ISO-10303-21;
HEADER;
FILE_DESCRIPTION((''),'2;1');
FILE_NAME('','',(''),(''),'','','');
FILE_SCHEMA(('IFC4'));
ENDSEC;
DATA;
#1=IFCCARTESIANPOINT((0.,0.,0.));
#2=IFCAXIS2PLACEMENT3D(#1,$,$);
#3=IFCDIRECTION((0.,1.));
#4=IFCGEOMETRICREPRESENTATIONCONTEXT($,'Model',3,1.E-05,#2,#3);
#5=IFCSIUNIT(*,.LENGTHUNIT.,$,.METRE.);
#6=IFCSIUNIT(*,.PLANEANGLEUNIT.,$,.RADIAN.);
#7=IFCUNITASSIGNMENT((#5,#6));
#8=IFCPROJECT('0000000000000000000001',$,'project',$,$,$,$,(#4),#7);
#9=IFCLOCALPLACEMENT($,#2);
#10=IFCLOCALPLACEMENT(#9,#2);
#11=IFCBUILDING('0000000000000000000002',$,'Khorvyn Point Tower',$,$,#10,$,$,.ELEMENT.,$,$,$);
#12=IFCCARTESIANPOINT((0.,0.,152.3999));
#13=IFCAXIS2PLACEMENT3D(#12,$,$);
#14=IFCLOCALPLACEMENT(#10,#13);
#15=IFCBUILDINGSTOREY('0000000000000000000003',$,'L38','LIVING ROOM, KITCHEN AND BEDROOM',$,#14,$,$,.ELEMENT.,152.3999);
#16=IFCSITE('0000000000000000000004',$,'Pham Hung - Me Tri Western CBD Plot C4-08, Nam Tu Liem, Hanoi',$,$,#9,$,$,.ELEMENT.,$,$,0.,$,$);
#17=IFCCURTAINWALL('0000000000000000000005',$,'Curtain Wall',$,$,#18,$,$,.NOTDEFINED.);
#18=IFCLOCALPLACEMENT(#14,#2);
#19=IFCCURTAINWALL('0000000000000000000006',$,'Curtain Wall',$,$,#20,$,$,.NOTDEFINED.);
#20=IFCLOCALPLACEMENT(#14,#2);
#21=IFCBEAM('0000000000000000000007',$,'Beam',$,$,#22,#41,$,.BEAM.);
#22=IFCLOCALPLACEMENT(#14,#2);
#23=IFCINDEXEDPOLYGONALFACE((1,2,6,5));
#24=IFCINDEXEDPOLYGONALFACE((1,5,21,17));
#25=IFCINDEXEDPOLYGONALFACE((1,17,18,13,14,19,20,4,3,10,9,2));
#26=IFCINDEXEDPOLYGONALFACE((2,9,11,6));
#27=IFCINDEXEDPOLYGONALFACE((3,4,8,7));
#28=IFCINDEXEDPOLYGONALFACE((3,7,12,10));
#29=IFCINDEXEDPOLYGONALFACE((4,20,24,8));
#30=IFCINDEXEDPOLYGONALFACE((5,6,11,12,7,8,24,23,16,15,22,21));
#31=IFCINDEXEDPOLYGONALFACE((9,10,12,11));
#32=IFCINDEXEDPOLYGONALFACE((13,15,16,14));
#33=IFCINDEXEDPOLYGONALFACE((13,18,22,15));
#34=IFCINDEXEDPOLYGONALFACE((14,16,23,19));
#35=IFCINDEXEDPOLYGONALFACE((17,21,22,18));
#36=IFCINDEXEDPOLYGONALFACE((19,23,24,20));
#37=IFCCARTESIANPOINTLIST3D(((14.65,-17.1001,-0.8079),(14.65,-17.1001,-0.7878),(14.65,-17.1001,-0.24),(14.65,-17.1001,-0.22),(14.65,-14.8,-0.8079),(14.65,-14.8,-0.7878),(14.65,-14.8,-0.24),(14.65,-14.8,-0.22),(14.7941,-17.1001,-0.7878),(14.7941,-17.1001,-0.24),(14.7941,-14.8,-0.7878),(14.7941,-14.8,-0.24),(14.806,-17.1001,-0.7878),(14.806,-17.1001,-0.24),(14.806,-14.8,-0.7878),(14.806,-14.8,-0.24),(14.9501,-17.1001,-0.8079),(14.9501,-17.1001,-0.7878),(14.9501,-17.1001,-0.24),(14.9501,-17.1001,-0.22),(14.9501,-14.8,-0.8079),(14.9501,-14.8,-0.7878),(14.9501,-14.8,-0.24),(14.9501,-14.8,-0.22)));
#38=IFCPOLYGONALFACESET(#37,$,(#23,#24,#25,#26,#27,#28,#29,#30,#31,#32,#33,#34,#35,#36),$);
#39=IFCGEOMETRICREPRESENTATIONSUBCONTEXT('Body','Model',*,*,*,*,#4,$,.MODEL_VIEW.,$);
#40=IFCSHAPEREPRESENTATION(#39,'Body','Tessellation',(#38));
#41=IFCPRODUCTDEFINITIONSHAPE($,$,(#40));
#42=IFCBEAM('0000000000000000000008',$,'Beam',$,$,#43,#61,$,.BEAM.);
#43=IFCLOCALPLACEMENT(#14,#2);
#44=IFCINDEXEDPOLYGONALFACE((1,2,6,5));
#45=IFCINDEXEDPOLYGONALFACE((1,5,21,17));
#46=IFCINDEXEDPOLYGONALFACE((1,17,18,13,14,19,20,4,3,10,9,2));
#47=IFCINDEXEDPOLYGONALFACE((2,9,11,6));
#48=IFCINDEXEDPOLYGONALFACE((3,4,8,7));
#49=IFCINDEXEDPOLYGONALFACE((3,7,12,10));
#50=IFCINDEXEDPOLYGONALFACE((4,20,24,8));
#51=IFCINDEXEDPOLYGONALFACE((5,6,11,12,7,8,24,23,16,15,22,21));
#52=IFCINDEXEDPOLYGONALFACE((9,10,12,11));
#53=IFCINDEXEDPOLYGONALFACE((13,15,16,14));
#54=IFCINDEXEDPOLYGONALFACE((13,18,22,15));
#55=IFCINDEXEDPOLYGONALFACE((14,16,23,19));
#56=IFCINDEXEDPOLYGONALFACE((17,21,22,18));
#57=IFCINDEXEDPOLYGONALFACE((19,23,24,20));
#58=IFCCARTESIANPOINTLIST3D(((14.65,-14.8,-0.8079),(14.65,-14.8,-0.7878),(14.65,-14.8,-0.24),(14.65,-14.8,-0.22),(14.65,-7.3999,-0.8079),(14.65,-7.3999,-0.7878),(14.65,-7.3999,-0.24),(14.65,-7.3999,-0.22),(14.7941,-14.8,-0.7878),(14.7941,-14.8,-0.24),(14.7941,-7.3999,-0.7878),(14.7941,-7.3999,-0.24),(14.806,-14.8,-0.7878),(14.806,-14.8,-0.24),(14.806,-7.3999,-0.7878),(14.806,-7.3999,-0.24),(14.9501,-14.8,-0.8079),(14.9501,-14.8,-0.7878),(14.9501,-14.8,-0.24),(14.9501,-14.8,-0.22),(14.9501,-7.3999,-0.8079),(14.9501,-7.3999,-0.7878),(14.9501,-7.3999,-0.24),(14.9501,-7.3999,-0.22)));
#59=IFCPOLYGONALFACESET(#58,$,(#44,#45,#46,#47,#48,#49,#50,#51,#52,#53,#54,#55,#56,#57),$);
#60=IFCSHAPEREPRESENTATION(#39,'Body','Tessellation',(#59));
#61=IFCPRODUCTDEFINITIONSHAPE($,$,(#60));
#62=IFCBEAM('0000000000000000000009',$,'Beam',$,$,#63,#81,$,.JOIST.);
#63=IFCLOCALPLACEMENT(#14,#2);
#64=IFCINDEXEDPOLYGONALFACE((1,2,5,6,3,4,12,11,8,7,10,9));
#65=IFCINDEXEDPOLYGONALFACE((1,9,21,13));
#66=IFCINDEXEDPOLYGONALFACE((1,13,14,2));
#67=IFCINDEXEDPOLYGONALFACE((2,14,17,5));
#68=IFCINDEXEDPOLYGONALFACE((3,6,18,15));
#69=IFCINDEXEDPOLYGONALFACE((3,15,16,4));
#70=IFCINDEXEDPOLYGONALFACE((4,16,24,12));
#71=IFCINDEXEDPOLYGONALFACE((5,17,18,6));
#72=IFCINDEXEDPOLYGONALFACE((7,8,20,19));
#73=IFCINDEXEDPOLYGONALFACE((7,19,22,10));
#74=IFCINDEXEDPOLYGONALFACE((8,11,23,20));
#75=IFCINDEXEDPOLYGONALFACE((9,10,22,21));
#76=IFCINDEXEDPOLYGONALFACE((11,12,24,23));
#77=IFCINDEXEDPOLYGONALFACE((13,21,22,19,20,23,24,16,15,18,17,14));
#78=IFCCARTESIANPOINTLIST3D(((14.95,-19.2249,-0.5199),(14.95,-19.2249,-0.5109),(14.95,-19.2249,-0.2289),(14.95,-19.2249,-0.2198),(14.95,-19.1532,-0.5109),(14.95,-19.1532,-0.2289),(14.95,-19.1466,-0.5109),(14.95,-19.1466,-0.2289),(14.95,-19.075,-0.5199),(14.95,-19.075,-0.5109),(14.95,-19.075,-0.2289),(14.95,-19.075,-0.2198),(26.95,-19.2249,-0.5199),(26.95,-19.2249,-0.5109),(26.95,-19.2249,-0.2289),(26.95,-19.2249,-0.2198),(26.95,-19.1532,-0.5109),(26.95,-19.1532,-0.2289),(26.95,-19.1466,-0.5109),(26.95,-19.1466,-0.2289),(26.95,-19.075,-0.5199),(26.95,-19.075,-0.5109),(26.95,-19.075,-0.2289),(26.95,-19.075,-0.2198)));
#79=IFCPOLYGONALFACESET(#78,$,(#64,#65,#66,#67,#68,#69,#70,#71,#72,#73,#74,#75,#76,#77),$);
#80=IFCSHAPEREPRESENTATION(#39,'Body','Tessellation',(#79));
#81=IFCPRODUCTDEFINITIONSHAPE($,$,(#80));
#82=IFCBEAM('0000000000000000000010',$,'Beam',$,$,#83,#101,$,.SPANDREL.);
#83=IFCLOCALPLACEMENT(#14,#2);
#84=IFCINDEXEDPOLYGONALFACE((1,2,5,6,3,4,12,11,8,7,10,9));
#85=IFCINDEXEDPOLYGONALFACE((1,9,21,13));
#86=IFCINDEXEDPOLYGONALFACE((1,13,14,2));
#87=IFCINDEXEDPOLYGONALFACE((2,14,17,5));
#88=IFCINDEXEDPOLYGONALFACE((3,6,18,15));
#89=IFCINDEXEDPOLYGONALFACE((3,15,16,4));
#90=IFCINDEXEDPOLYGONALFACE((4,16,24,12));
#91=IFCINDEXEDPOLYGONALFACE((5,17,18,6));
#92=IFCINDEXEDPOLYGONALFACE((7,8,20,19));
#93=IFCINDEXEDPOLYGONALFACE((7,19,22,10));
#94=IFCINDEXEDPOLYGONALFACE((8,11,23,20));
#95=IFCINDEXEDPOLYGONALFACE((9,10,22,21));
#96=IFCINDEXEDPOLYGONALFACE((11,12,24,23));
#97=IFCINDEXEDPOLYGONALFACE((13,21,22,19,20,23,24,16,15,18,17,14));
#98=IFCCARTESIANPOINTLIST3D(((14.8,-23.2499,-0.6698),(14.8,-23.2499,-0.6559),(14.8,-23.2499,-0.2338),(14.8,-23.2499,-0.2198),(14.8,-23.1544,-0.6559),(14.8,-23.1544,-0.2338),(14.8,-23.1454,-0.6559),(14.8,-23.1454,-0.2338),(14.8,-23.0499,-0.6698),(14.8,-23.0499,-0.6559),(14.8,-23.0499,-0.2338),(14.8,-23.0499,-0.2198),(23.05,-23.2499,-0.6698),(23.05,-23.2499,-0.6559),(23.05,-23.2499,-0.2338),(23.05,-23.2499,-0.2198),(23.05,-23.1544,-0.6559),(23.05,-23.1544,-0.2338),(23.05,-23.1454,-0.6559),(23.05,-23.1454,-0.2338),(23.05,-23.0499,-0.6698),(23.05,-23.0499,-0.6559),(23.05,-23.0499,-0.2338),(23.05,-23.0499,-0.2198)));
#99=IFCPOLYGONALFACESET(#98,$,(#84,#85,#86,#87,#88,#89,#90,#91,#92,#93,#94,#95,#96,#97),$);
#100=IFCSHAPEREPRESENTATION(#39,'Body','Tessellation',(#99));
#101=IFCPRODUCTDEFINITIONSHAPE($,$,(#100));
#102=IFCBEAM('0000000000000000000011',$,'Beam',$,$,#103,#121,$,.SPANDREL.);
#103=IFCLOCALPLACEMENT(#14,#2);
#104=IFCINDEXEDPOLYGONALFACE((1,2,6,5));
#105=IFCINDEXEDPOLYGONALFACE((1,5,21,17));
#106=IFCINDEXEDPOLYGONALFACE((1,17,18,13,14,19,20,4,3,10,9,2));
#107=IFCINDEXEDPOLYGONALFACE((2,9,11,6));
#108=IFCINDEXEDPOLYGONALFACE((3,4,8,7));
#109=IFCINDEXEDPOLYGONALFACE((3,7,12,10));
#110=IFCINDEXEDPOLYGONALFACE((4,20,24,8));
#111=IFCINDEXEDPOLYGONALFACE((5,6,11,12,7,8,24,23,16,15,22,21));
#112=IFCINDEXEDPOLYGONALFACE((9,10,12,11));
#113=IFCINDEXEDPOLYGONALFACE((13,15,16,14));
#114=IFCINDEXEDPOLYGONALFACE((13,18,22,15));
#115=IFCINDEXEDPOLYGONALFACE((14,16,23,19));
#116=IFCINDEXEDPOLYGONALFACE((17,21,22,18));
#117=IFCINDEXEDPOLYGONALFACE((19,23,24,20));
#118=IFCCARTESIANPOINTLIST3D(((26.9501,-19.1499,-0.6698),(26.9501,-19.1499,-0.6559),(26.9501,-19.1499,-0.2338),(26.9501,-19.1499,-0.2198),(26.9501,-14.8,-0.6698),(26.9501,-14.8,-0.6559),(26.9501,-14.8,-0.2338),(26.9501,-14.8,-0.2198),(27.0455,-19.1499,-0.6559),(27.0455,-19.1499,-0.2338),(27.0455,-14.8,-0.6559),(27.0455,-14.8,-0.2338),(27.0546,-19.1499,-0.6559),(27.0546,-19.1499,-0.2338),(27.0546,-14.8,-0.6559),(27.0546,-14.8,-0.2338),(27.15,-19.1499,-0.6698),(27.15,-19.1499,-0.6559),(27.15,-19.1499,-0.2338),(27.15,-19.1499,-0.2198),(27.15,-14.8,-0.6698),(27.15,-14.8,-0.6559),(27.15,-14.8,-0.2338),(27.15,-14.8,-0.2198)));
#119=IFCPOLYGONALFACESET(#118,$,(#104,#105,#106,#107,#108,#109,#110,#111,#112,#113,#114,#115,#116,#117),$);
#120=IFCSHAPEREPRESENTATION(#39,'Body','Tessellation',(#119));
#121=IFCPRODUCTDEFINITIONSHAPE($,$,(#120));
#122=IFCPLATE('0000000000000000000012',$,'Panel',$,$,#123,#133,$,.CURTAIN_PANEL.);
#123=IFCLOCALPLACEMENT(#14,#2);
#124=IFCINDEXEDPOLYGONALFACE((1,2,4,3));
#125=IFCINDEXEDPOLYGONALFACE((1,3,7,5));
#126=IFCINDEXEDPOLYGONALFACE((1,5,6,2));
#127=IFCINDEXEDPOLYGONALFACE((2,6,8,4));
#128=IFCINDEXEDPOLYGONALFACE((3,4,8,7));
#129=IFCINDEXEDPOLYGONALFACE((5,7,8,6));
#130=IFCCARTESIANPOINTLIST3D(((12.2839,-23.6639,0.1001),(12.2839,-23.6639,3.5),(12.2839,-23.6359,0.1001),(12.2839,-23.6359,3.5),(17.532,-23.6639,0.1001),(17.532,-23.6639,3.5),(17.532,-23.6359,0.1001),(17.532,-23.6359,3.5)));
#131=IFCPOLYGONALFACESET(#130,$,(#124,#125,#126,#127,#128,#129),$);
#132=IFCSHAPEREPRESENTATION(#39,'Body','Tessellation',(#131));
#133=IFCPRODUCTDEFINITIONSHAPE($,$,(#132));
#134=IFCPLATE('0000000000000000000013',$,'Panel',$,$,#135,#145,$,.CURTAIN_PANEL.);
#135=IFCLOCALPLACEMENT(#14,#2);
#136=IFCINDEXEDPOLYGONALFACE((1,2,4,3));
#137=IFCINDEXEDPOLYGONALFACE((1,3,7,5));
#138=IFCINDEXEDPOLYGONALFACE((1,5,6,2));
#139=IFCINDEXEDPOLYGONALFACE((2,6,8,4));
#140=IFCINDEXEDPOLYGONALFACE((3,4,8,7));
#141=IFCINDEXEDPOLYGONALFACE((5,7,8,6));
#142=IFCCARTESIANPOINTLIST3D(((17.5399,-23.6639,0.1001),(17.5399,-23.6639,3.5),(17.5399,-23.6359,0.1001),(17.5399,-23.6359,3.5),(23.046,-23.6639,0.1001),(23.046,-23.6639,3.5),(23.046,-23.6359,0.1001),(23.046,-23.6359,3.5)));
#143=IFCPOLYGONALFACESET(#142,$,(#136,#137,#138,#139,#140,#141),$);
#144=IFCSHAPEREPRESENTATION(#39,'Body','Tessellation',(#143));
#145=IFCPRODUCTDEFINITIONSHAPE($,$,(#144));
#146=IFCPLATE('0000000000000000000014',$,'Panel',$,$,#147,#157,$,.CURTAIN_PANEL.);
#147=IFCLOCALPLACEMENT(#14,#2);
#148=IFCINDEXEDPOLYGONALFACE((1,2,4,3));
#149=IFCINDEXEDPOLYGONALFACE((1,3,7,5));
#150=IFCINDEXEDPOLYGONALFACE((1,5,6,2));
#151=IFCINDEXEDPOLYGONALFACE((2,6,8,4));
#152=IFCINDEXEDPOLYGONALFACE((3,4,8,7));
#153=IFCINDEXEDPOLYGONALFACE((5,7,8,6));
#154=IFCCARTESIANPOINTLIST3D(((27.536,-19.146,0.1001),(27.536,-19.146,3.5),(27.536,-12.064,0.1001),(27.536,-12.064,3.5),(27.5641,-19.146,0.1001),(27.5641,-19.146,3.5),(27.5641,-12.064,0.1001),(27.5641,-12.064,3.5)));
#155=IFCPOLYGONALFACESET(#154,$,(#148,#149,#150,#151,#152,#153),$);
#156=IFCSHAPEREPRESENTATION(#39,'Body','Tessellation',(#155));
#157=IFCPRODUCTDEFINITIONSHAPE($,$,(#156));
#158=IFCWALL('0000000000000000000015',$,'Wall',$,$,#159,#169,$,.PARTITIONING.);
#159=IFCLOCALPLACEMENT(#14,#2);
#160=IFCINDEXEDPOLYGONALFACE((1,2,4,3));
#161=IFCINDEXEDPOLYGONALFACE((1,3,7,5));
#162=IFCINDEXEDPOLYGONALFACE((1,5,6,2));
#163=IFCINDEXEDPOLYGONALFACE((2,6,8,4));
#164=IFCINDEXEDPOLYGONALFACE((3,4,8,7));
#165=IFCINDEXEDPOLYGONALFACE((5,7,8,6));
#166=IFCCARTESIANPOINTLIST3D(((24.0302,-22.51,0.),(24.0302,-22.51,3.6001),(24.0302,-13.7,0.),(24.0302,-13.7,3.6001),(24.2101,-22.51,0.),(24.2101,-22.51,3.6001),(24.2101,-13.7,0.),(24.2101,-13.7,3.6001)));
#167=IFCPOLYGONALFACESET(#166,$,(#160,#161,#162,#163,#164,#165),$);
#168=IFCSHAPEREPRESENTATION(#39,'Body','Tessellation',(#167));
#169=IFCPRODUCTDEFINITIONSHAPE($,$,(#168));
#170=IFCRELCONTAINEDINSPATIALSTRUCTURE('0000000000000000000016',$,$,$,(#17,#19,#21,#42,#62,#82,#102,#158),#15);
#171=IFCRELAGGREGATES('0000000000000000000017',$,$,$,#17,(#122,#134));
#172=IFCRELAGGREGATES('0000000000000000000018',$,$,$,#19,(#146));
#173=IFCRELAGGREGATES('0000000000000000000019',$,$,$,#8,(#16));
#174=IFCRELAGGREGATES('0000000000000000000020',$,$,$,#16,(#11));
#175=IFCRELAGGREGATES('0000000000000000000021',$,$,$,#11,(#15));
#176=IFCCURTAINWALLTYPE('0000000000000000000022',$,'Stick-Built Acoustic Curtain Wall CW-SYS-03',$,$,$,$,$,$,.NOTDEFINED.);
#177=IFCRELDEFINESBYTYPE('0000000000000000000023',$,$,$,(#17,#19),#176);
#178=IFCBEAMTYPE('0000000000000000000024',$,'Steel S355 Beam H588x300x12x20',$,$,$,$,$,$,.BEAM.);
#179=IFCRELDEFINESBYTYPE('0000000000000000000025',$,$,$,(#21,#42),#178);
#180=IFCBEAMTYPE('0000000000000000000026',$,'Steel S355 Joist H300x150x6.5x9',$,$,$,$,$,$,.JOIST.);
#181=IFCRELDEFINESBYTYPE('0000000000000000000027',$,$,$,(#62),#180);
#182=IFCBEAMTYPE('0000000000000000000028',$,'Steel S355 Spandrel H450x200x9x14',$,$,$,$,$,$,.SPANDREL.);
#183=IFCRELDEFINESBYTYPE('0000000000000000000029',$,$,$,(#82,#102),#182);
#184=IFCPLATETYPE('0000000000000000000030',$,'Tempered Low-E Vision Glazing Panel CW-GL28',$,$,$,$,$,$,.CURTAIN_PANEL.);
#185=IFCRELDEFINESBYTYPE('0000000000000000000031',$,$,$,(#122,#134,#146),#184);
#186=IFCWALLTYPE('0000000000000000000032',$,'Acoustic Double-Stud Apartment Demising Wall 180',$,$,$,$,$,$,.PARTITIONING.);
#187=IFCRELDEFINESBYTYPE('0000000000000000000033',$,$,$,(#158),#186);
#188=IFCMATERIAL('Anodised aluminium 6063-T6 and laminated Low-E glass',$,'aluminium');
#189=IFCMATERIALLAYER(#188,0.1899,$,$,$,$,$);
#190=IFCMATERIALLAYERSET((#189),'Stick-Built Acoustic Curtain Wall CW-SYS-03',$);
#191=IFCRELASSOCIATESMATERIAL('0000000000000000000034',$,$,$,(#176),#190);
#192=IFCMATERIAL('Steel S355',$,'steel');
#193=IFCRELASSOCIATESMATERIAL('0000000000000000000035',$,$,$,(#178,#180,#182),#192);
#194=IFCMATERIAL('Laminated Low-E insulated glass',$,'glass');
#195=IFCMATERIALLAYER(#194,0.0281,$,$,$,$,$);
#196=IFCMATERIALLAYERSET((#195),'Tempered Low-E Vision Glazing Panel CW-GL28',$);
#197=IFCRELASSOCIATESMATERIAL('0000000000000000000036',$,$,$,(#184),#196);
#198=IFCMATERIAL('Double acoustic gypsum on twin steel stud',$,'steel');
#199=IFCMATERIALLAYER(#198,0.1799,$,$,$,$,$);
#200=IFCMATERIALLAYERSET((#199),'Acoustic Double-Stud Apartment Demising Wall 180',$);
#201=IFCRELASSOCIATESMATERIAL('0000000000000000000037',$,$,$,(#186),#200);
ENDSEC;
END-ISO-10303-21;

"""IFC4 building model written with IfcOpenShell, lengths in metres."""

from ifc_helpers import new_model, si_unit, direction, frame, frame_2d, origin, origin_2d, place, context, subcontext, project, spatial, rectangle, i_section, extrude, material, layer, layer_set, material_profile, profile_set, type_object, element, aggregate, save


model = new_model("IFC4")

# Units and contexts
model_context = context("Model", 3, precision=1e-05, world=origin(), true_north=direction((0.0, 1.0)))
body_context = subcontext(model_context, "Body", "Model", "MODEL_VIEW")
ifc_project = project(units=[si_unit("LENGTHUNIT", "METRE"), si_unit("PLANEANGLEUNIT", "RADIAN")], contexts=[model_context])

# Site, building, storey
site_placement = place(None, origin())
site = spatial("IfcSite", under=ifc_project, at=site_placement, Name="Pham Hung - Me Tri Western CBD Plot C4-08, Nam Tu Liem, Hanoi", CompositionType="ELEMENT", RefElevation=0.0)
building_placement = place(site_placement, origin())
building = spatial("IfcBuilding", under=site, at=building_placement, Name="Khorvyn Point Tower", CompositionType="ELEMENT")
storey_placement = place(building_placement, frame((0.0, 0.0, 152.3999)))
storey = spatial("IfcBuildingStorey", under=building, at=storey_placement, Name="L38", Description="LIVING ROOM, KITCHEN AND BEDROOM", CompositionType="ELEMENT", Elevation=152.3999)

# Curtain walls
ifc_material_1 = material(Name="Anodised aluminium 6063-T6 and laminated Low-E glass", Category="aluminium")
ifc_layer_1 = layer(ifc_material_1, 0.1899)
ifc_layer_set_1 = layer_set([ifc_layer_1], Name="Stick-Built Acoustic Curtain Wall CW-SYS-03")
curtain_wall_type = type_object("IfcCurtainWallType", Name="Stick-Built Acoustic Curtain Wall CW-SYS-03", PredefinedType="NOTDEFINED", material=ifc_layer_set_1)
curtain_wall_1_placement = place(storey_placement, origin())
curtain_wall_1 = element("IfcCurtainWall", 1, at=curtain_wall_1_placement, inside=storey, type_object=curtain_wall_type, Name="Curtain Wall", PredefinedType="NOTDEFINED")
curtain_wall_2_placement = place(storey_placement, origin())
curtain_wall_2 = element("IfcCurtainWall", 2, at=curtain_wall_2_placement, inside=storey, type_object=curtain_wall_type, Name="Curtain Wall", PredefinedType="NOTDEFINED")

# Beams
ifc_material_2 = material(Name="Steel S355", Category="steel")
ifc_material_profile_1 = material_profile(ifc_material_2, i_section(OverallWidth=0.3, OverallDepth=0.5879, WebThickness=0.012, FlangeThickness=0.02, at=origin_2d()))
ifc_profile_set_1 = profile_set([ifc_material_profile_1], Name="Steel S355 H588x300x12x20")
beam_type_1 = type_object("IfcBeamType", Name="Steel S355 Beam H588x300x12x20", PredefinedType="BEAM", material=ifc_profile_set_1)
beam_1_placement = place(storey_placement, frame((14.8, -17.1001, -0.5139), z_axis=(0.0, 1.0, 0.0), x_axis=(-1.0, 0.0, 0.0)))
element("IfcBeam", 3, at=beam_1_placement, inside=storey, type_object=beam_type_1, Name="Beam", PredefinedType="BEAM", context=body_context, shape_type="SweptSolid", body=[
    extrude(i_section(OverallWidth=0.3, OverallDepth=0.5879, WebThickness=0.012, FlangeThickness=0.02, at=origin_2d()), origin(), (0.0, 0.0, 1.0), 2.3),
])
beam_2_placement = place(storey_placement, frame((14.8, -14.8, -0.5139), z_axis=(0.0, 1.0, 0.0), x_axis=(-1.0, 0.0, 0.0)))
element("IfcBeam", 4, at=beam_2_placement, inside=storey, type_object=beam_type_1, Name="Beam", PredefinedType="BEAM", context=body_context, shape_type="SweptSolid", body=[
    extrude(i_section(OverallWidth=0.3, OverallDepth=0.5879, WebThickness=0.012, FlangeThickness=0.02, at=origin_2d()), origin(), (0.0, 0.0, 1.0), 7.4001),
])
ifc_material_profile_2 = material_profile(ifc_material_2, i_section(OverallWidth=0.1499, OverallDepth=0.3, WebThickness=0.0066, FlangeThickness=0.009, at=origin_2d()))
ifc_profile_set_2 = profile_set([ifc_material_profile_2], Name="Steel S355 H300x150x6.5x9")
beam_type_2 = type_object("IfcBeamType", Name="Steel S355 Joist H300x150x6.5x9", PredefinedType="JOIST", material=ifc_profile_set_2)
beam_3_placement = place(storey_placement, frame((14.95, -19.1499, -0.3699), z_axis=(1.0, 0.0, 0.0), x_axis=(0.0, 1.0, 0.0)))
element("IfcBeam", 5, at=beam_3_placement, inside=storey, type_object=beam_type_2, Name="Beam", PredefinedType="JOIST", context=body_context, shape_type="SweptSolid", body=[
    extrude(i_section(OverallWidth=0.1499, OverallDepth=0.3, WebThickness=0.0066, FlangeThickness=0.009, at=origin_2d()), origin(), (0.0, 0.0, 1.0), 12.0),
])
ifc_material_profile_3 = material_profile(ifc_material_2, i_section(OverallWidth=0.2, OverallDepth=0.45, WebThickness=0.009, FlangeThickness=0.0139, at=origin_2d()))
ifc_profile_set_3 = profile_set([ifc_material_profile_3], Name="Steel S355 H450x200x9x14")
beam_type_3 = type_object("IfcBeamType", Name="Steel S355 Spandrel H450x200x9x14", PredefinedType="SPANDREL", material=ifc_profile_set_3)
beam_4_placement = place(storey_placement, frame((14.8, -23.1499, -0.4448), z_axis=(1.0, 0.0, 0.0), x_axis=(0.0, 1.0, 0.0)))
element("IfcBeam", 6, at=beam_4_placement, inside=storey, type_object=beam_type_3, Name="Beam", PredefinedType="SPANDREL", context=body_context, shape_type="SweptSolid", body=[
    extrude(i_section(OverallWidth=0.2, OverallDepth=0.45, WebThickness=0.009, FlangeThickness=0.0139, at=origin_2d()), origin(), (0.0, 0.0, 1.0), 8.25),
])
beam_5_placement = place(storey_placement, frame((27.05, -19.1499, -0.4448), z_axis=(0.0, 1.0, 0.0), x_axis=(-1.0, 0.0, 0.0)))
element("IfcBeam", 7, at=beam_5_placement, inside=storey, type_object=beam_type_3, Name="Beam", PredefinedType="SPANDREL", context=body_context, shape_type="SweptSolid", body=[
    extrude(i_section(OverallWidth=0.2, OverallDepth=0.45, WebThickness=0.009, FlangeThickness=0.0139, at=origin_2d()), origin(), (0.0, 0.0, 1.0), 4.3499),
])

# Plates
ifc_material_3 = material(Name="Laminated Low-E insulated glass", Category="glass")
ifc_layer_2 = layer(ifc_material_3, 0.0281)
ifc_layer_set_2 = layer_set([ifc_layer_2], Name="Tempered Low-E Vision Glazing Panel CW-GL28")
plate_type = type_object("IfcPlateType", Name="Tempered Low-E Vision Glazing Panel CW-GL28", PredefinedType="CURTAIN_PANEL", material=ifc_layer_set_2)
plate_1_placement = place(storey_placement, frame((14.908, -23.6499, 0.1001), z_axis=(0.0, 0.0, 1.0), x_axis=(-1.0, 0.0, 0.0)))
plate_1 = element("IfcPlate", 8, at=plate_1_placement, type_object=plate_type, Name="Panel", PredefinedType="CURTAIN_PANEL", context=body_context, shape_type="SweptSolid", body=[
    extrude(rectangle(XDim=5.248, YDim=0.0281, at=origin_2d()), origin(), (0.0, 0.0, 1.0), 3.3999),
])
plate_2_placement = place(storey_placement, frame((20.293, -23.6499, 0.1001), z_axis=(0.0, 0.0, 1.0), x_axis=(-1.0, 0.0, 0.0)))
plate_2 = element("IfcPlate", 9, at=plate_2_placement, type_object=plate_type, Name="Panel", PredefinedType="CURTAIN_PANEL", context=body_context, shape_type="SweptSolid", body=[
    extrude(rectangle(XDim=5.5061, YDim=0.0281, at=origin_2d()), origin(), (0.0, 0.0, 1.0), 3.3999),
])
aggregate(curtain_wall_1, [plate_1, plate_2])
plate_3_placement = place(storey_placement, frame((27.55, -15.605, 0.1001), z_axis=(0.0, 0.0, 1.0), x_axis=(0.0, -1.0, 0.0)))
plate_3 = element("IfcPlate", 10, at=plate_3_placement, type_object=plate_type, Name="Panel", PredefinedType="CURTAIN_PANEL", context=body_context, shape_type="SweptSolid", body=[
    extrude(rectangle(XDim=7.082, YDim=0.0281, at=origin_2d()), origin(), (0.0, 0.0, 1.0), 3.3999),
])
aggregate(curtain_wall_2, [plate_3])

# Wall
ifc_material_4 = material(Name="Double acoustic gypsum on twin steel stud", Category="steel")
ifc_layer_3 = layer(ifc_material_4, 0.1799)
ifc_layer_set_3 = layer_set([ifc_layer_3], Name="Acoustic Double-Stud Apartment Demising Wall 180")
wall_type_1 = type_object("IfcWallType", Name="Acoustic Double-Stud Apartment Demising Wall 180", PredefinedType="PARTITIONING", material=ifc_layer_set_3)
wall_1_placement = place(storey_placement, frame((24.1201, -22.51, 0.0), z_axis=(0.0, 0.0, 1.0), x_axis=(0.0, 1.0, 0.0)))
element("IfcWall", 11, at=wall_1_placement, inside=storey, type_object=wall_type_1, Name="Wall", PredefinedType="PARTITIONING", context=body_context, shape_type="SweptSolid", body=[
    extrude(rectangle(XDim=8.8101, YDim=0.1799, at=frame_2d((4.405, 0.0))), origin(), (0.0, 0.0, 1.0), 3.6001),
])

save(model, "model.ifc")
